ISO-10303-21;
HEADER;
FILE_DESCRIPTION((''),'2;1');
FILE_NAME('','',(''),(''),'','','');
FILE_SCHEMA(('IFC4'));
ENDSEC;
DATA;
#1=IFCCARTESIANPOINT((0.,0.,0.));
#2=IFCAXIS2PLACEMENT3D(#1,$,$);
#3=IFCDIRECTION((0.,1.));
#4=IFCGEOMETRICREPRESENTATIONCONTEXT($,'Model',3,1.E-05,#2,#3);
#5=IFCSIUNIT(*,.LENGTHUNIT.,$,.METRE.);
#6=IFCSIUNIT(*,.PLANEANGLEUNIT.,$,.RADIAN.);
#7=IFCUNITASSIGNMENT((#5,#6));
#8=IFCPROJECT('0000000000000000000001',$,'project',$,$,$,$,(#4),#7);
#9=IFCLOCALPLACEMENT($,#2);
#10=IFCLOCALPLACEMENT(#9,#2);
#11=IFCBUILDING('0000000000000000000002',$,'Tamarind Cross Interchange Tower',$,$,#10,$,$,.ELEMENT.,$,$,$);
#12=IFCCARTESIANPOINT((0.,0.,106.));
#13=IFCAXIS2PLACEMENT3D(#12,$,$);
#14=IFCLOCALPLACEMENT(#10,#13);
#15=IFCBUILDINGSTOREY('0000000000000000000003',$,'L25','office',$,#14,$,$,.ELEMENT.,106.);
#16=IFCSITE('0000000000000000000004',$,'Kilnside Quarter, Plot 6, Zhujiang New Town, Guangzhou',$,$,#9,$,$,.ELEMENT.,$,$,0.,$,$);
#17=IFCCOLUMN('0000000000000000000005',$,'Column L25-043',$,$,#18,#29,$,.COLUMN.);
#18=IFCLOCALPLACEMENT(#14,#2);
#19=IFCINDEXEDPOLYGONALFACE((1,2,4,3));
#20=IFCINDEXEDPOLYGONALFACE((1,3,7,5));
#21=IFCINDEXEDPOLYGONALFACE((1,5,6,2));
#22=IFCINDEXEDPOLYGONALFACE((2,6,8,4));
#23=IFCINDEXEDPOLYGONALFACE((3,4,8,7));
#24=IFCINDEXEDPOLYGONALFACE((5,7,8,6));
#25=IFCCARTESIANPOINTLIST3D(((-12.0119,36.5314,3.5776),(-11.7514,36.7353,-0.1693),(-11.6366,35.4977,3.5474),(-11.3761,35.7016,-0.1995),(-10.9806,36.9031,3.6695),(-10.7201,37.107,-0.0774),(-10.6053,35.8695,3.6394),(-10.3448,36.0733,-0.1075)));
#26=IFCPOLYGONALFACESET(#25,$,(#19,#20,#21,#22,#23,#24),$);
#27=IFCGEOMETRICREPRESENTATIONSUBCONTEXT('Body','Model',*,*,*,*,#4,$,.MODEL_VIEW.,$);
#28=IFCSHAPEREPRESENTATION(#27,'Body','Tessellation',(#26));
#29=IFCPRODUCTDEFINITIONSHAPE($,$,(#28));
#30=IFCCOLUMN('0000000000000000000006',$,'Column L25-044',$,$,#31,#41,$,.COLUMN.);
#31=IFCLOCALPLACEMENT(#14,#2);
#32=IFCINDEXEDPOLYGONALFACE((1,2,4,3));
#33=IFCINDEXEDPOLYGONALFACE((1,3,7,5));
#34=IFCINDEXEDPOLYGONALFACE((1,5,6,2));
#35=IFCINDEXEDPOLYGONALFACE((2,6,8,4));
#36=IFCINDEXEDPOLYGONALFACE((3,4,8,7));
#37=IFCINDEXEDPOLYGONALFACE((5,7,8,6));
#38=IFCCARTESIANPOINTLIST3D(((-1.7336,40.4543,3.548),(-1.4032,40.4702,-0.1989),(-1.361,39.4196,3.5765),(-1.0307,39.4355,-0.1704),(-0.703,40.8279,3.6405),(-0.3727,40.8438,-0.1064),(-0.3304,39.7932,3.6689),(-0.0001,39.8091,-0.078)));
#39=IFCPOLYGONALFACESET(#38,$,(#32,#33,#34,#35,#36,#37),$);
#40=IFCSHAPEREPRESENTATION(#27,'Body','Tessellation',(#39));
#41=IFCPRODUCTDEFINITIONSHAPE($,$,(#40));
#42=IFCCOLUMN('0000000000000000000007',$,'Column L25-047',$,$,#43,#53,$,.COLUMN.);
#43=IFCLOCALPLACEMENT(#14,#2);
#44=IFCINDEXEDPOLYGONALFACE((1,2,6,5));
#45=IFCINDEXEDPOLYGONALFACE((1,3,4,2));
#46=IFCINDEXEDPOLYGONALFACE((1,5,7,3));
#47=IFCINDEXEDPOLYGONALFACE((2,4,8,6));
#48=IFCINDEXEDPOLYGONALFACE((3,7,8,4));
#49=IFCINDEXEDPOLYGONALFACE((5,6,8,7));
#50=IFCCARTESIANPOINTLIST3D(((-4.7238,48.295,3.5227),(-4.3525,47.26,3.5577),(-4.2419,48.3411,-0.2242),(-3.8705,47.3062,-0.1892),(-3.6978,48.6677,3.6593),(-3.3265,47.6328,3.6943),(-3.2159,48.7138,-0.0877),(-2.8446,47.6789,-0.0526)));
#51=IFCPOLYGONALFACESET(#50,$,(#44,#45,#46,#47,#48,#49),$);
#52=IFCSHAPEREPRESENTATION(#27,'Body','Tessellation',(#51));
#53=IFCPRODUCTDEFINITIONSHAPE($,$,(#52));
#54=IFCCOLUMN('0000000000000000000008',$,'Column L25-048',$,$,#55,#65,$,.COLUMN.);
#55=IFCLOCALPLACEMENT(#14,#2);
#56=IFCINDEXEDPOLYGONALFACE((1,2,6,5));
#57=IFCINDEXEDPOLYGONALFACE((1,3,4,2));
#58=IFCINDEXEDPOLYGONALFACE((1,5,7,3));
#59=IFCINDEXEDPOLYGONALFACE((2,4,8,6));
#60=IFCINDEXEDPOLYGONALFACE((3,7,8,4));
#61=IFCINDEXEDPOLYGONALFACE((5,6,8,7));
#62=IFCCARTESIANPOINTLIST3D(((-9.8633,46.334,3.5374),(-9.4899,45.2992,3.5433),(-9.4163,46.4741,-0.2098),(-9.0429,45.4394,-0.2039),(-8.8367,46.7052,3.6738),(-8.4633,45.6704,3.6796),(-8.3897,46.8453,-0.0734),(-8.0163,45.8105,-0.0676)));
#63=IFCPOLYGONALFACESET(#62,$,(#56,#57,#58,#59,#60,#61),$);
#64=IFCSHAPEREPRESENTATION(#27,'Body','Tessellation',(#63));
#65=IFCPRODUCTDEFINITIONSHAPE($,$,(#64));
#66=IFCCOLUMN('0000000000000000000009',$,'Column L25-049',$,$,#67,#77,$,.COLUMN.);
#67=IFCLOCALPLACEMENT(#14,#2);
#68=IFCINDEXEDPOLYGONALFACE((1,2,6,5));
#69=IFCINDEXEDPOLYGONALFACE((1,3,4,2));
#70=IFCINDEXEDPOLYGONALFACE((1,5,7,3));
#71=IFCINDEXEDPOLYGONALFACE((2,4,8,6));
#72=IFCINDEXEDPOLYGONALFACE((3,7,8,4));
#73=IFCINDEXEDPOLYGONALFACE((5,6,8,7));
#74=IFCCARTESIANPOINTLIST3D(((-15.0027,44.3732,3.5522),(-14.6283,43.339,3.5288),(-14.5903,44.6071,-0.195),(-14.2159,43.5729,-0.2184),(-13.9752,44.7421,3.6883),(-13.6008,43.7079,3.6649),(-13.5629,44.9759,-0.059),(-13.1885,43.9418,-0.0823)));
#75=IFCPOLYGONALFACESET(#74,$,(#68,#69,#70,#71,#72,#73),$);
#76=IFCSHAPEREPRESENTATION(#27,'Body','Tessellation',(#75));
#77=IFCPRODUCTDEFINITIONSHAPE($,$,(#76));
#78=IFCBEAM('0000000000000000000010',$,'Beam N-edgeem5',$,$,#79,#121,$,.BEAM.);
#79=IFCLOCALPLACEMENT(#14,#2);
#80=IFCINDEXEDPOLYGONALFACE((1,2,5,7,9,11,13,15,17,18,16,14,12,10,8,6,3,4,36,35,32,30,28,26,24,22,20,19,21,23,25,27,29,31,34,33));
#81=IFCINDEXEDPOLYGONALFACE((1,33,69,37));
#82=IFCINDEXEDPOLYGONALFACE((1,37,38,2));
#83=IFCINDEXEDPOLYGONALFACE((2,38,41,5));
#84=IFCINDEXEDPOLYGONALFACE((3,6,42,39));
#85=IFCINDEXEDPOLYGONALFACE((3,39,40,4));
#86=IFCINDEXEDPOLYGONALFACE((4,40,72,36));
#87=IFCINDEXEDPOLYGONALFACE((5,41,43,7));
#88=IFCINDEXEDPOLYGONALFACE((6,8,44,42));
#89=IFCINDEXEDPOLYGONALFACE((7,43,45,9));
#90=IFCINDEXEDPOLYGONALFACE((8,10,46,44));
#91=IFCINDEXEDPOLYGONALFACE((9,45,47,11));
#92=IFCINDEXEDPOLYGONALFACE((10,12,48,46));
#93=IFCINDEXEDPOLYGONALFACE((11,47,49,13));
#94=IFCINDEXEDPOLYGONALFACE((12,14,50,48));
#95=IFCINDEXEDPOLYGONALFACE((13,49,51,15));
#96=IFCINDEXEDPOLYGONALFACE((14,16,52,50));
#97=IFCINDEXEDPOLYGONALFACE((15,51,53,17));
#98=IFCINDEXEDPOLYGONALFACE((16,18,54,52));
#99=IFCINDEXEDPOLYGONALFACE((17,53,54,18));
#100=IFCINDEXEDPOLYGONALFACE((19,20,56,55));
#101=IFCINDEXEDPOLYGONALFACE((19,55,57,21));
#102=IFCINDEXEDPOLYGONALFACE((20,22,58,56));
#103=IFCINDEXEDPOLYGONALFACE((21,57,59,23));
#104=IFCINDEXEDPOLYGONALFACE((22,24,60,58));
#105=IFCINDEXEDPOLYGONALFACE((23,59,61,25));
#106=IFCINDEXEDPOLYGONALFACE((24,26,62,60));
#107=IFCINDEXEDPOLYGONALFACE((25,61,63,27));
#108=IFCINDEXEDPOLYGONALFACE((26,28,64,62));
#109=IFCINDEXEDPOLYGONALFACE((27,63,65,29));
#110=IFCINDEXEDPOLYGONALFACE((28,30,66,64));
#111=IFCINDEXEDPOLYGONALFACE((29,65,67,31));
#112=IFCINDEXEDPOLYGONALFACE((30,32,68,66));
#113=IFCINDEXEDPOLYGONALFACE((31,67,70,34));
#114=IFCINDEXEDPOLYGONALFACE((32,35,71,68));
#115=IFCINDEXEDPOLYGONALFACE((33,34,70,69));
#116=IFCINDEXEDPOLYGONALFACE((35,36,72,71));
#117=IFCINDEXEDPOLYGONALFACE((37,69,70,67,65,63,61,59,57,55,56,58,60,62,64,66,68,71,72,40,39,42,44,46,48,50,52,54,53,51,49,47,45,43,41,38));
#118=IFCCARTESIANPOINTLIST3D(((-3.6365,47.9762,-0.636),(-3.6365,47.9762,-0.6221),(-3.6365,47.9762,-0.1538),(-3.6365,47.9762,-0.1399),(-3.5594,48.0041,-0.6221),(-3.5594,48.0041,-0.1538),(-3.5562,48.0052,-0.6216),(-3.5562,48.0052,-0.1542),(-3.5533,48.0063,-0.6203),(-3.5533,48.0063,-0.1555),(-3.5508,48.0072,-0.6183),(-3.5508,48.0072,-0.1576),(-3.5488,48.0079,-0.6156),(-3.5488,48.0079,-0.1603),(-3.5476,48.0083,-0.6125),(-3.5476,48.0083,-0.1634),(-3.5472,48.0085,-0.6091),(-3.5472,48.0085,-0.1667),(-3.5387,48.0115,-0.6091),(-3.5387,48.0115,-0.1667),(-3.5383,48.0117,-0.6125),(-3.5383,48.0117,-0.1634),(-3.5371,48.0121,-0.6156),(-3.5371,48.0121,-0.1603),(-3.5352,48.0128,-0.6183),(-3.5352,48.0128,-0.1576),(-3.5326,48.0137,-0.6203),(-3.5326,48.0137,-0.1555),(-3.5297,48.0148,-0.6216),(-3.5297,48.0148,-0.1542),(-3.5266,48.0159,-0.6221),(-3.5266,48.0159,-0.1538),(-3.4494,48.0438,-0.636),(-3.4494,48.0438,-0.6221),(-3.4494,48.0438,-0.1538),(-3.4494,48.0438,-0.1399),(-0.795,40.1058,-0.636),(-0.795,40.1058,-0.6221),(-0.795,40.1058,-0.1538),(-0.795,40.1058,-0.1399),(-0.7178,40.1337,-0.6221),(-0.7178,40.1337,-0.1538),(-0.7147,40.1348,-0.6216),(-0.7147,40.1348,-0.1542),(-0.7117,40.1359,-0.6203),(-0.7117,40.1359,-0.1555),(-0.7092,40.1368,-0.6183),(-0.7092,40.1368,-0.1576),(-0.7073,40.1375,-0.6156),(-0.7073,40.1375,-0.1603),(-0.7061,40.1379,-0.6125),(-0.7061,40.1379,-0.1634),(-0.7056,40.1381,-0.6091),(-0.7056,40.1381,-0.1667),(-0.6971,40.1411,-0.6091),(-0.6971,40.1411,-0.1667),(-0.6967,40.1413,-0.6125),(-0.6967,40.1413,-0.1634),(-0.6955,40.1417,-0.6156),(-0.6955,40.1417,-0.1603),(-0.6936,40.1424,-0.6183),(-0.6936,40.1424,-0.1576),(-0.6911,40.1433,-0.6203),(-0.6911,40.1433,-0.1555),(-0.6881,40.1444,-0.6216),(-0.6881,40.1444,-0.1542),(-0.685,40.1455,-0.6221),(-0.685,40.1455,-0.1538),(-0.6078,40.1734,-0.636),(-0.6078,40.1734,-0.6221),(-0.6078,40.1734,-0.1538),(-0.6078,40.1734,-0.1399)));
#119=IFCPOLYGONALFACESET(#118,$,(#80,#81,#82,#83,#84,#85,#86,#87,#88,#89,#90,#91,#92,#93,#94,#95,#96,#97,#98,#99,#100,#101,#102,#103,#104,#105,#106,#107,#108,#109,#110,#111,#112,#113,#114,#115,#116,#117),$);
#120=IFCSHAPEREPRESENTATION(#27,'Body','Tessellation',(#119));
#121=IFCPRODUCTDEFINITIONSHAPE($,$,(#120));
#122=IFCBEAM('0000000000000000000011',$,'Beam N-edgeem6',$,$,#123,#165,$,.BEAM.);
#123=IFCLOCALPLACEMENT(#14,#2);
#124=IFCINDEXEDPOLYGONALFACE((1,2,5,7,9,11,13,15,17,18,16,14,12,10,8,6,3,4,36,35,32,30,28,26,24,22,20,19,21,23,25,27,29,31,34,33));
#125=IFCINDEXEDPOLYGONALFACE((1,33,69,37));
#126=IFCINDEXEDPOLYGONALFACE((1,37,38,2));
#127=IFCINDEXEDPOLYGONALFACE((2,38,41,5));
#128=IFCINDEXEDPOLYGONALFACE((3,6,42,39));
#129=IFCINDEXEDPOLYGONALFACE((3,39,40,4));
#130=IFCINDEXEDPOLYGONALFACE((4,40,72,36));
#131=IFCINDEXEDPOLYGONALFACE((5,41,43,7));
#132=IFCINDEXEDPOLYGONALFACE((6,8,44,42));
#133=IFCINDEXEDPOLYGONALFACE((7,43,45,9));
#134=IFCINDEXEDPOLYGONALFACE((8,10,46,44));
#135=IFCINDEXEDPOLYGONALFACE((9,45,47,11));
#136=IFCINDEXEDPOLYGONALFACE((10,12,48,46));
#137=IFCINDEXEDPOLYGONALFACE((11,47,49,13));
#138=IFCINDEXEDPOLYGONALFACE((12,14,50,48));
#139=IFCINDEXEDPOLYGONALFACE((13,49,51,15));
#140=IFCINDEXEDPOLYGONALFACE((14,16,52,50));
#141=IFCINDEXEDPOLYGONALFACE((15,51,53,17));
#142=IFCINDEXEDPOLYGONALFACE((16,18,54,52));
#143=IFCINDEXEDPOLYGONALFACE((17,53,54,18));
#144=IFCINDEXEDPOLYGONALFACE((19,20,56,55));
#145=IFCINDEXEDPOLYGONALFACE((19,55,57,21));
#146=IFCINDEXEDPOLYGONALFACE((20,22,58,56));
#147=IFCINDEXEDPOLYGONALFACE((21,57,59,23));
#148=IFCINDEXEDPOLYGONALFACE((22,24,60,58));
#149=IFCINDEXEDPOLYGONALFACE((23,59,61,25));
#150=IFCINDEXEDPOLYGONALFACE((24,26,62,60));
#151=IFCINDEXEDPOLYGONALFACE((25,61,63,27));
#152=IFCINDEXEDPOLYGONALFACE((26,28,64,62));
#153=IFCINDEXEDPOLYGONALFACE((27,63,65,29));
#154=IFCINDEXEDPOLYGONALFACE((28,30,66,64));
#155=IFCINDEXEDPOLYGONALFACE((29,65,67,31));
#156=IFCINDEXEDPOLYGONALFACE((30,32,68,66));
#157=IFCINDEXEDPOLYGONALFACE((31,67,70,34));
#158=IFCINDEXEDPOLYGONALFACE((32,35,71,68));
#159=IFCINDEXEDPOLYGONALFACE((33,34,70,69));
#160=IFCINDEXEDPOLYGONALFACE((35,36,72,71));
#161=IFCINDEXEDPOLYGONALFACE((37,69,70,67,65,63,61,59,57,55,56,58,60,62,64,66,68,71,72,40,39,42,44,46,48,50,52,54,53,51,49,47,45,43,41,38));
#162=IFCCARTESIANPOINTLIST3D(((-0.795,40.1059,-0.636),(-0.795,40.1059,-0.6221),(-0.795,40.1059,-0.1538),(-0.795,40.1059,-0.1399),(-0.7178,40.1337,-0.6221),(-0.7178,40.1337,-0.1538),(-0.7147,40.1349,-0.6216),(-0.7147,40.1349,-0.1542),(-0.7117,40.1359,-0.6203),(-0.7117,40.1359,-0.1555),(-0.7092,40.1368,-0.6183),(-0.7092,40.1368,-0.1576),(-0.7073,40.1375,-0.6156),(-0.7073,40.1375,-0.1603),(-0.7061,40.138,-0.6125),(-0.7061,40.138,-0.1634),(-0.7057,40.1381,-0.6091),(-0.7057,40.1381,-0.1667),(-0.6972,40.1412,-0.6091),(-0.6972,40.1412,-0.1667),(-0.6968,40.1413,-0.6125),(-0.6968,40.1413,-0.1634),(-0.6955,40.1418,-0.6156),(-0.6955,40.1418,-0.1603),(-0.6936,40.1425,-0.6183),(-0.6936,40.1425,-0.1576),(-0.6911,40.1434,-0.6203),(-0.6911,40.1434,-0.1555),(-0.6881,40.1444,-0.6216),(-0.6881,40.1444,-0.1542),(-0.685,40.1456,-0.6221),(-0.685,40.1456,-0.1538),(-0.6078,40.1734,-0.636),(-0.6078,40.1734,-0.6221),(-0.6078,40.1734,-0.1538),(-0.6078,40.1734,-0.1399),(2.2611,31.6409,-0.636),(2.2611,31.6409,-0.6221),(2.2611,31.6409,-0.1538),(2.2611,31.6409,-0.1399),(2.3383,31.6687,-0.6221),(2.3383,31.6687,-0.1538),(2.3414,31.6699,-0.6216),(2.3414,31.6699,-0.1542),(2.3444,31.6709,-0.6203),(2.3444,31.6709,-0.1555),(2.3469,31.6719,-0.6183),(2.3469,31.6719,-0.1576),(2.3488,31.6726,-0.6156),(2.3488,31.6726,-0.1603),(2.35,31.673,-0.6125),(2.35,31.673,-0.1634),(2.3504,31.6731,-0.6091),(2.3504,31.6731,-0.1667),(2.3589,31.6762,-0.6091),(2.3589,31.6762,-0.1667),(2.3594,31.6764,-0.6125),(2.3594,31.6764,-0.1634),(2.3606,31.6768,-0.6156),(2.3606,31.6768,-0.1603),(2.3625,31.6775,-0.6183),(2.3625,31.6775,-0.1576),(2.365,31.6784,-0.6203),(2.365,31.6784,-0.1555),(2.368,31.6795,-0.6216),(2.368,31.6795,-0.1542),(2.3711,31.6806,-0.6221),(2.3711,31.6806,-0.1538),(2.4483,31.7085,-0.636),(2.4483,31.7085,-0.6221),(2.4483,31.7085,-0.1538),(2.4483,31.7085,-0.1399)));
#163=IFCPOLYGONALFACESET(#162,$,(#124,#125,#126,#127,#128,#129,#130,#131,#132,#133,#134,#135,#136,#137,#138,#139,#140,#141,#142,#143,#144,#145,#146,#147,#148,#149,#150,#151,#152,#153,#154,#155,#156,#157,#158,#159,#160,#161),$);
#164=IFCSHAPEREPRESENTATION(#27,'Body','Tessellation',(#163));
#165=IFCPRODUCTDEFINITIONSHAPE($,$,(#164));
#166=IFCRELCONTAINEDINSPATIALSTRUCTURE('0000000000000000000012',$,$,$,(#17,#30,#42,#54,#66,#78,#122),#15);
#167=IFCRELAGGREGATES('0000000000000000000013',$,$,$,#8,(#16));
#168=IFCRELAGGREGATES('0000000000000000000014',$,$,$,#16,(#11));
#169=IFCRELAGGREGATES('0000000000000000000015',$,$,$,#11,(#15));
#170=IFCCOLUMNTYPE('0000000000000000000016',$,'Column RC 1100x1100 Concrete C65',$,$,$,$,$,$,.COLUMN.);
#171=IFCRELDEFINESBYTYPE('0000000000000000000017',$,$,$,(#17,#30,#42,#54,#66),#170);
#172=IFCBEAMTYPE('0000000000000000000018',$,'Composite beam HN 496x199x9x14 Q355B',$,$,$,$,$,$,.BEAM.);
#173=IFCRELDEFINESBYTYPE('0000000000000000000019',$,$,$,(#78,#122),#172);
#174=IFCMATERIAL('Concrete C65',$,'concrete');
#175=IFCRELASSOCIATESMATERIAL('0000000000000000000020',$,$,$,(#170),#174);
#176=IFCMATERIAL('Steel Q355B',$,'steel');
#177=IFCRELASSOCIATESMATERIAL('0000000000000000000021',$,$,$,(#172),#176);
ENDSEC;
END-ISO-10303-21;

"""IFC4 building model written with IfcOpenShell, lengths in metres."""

from ifc_helpers import new_model, si_unit, direction, frame, origin, origin_2d, place, context, subcontext, project, spatial, rectangle, i_section, extrude, material, material_profile, profile_set, type_object, element, save


model = new_model("IFC4")

# Units and contexts
model_context = context("Model", 3, precision=1e-05, world=origin(), true_north=direction((0.0, 1.0)))
body_context = subcontext(model_context, "Body", "Model", "MODEL_VIEW")
ifc_project = project(units=[si_unit("LENGTHUNIT", "METRE"), si_unit("PLANEANGLEUNIT", "RADIAN")], contexts=[model_context])

# Site, building, storey
site_placement = place(None, origin())
site = spatial("IfcSite", under=ifc_project, at=site_placement, Name="Kilnside Quarter, Plot 6, Zhujiang New Town, Guangzhou", CompositionType="ELEMENT", RefElevation=0.0)
building_placement = place(site_placement, origin())
building = spatial("IfcBuilding", under=site, at=building_placement, Name="Tamarind Cross Interchange Tower", CompositionType="ELEMENT")
storey_placement = place(building_placement, frame((0.0, 0.0, 106.0)))
storey = spatial("IfcBuildingStorey", under=building, at=storey_placement, Name="L25", Description="office", CompositionType="ELEMENT", Elevation=106.0)

# Columns
ifc_material_1 = material(Name="Concrete C65", Category="concrete")
ifc_material_profile_1 = material_profile(ifc_material_1, rectangle(XDim=1.1001, YDim=1.1001, at=origin_2d()), Name="RC 1100x1100")
ifc_profile_set_1 = profile_set([ifc_material_profile_1], Name="Concrete C65")
column_type = type_object("IfcColumnType", Name="Column RC 1100x1100 Concrete C65", PredefinedType="COLUMN", material=ifc_profile_set_1)
for number, where, z_axis, x_axis, name in (
    (1, (-11.0481, 36.4043, -0.1384), (-0.069256, -0.054197, 0.996126), (0.937468, 0.337893, 0.083562), "Column L25-043"),
    (2, (-0.7017, 40.1396, -0.1384), (-0.087819, -0.004219, 0.996128), (0.338659, -0.940553, 0.025873), "Column L25-044"),
):
    element("IfcColumn", number, at=place(storey_placement, frame(where, z_axis=z_axis, x_axis=x_axis)), inside=storey, type_object=column_type, Name=name, PredefinedType="COLUMN", context=body_context, shape_type="SweptSolid", body=[
        extrude(rectangle(XDim=1.1001, YDim=1.1001, at=origin_2d()), origin(), (0.0, 0.0, 1.0), 3.7615),
    ])
column_1_placement = place(storey_placement, frame((-3.5432, 48.01, -0.1384), z_axis=(-0.127564, -0.012214, 0.991755), x_axis=(0.33753, -0.940776, 0.031829)))
element("IfcColumn", 3, at=column_1_placement, inside=storey, type_object=column_type, Name="Column L25-047", PredefinedType="COLUMN", context=body_context, shape_type="SweptSolid", body=[
    extrude(rectangle(XDim=1.1001, YDim=1.1001, at=origin_2d()), origin(), (0.0, 0.0, 1.0), 3.7781),
])
column_2_placement = place(storey_placement, frame((-8.7163, 46.1423, -0.1387), z_axis=(-0.11837, -0.037108, 0.992276), x_axis=(0.339384, -0.940633, 0.005309)))
element("IfcColumn", 4, at=column_2_placement, inside=storey, type_object=column_type, Name="Column L25-048", PredefinedType="COLUMN", context=body_context, shape_type="SweptSolid", body=[
    extrude(rectangle(XDim=1.1001, YDim=1.1001, at=origin_2d()), origin(), (0.0, 0.0, 1.0), 3.7764),
])
column_3_placement = place(storey_placement, frame((-13.8894, 44.2744, -0.1387), z_axis=(-0.10917, -0.061921, 0.992093), x_axis=(0.933947, 0.335324, 0.1237)))
element("IfcColumn", 5, at=column_3_placement, inside=storey, type_object=column_type, Name="Column L25-049", PredefinedType="COLUMN", context=body_context, shape_type="SweptSolid", body=[
    extrude(rectangle(XDim=1.1001, YDim=1.1001, at=origin_2d()), origin(), (0.0, 0.0, 1.0), 3.7771),
])

# Beams
ifc_material_2 = material(Name="Steel Q355B", Category="steel")
ifc_material_profile_2 = material_profile(ifc_material_2, i_section(OverallWidth=0.199, OverallDepth=0.4961, WebThickness=0.009, FlangeThickness=0.0139, FilletRadius=0.0129, at=origin_2d()), Name="HN 496x199x9x14")
ifc_profile_set_2 = profile_set([ifc_material_profile_2], Name="Steel Q355B")
beam_type_1 = type_object("IfcBeamType", Name="Composite beam HN 496x199x9x14 Q355B", PredefinedType="BEAM", material=ifc_profile_set_2)
beam_1_placement = place(storey_placement, frame((-3.543, 48.01, -0.3879), z_axis=(0.339589, -0.940574, 0.0), x_axis=(0.940574, 0.339589, 0.0)))
element("IfcBeam", 6, at=beam_1_placement, inside=storey, type_object=beam_type_1, Name="Beam N-edgeem5", PredefinedType="BEAM", context=body_context, shape_type="SweptSolid", body=[
    extrude(i_section(OverallWidth=0.199, OverallDepth=0.4961, WebThickness=0.009, FlangeThickness=0.0139, FilletRadius=0.0129, at=origin_2d()), origin(), (0.0, 0.0, 1.0), 8.3677),
])
beam_2_placement = place(storey_placement, frame((-0.7014, 40.1396, -0.3879), z_axis=(0.339577, -0.940578, 0.0), x_axis=(0.940578, 0.339577, 0.0)))
element("IfcBeam", 7, at=beam_2_placement, inside=storey, type_object=beam_type_1, Name="Beam N-edgeem6", PredefinedType="BEAM", context=body_context, shape_type="SweptSolid", body=[
    extrude(i_section(OverallWidth=0.199, OverallDepth=0.4961, WebThickness=0.009, FlangeThickness=0.0139, FilletRadius=0.0129, at=origin_2d()), origin(), (0.0, 0.0, 1.0), 8.9998),
])

save(model, "model.ifc")
